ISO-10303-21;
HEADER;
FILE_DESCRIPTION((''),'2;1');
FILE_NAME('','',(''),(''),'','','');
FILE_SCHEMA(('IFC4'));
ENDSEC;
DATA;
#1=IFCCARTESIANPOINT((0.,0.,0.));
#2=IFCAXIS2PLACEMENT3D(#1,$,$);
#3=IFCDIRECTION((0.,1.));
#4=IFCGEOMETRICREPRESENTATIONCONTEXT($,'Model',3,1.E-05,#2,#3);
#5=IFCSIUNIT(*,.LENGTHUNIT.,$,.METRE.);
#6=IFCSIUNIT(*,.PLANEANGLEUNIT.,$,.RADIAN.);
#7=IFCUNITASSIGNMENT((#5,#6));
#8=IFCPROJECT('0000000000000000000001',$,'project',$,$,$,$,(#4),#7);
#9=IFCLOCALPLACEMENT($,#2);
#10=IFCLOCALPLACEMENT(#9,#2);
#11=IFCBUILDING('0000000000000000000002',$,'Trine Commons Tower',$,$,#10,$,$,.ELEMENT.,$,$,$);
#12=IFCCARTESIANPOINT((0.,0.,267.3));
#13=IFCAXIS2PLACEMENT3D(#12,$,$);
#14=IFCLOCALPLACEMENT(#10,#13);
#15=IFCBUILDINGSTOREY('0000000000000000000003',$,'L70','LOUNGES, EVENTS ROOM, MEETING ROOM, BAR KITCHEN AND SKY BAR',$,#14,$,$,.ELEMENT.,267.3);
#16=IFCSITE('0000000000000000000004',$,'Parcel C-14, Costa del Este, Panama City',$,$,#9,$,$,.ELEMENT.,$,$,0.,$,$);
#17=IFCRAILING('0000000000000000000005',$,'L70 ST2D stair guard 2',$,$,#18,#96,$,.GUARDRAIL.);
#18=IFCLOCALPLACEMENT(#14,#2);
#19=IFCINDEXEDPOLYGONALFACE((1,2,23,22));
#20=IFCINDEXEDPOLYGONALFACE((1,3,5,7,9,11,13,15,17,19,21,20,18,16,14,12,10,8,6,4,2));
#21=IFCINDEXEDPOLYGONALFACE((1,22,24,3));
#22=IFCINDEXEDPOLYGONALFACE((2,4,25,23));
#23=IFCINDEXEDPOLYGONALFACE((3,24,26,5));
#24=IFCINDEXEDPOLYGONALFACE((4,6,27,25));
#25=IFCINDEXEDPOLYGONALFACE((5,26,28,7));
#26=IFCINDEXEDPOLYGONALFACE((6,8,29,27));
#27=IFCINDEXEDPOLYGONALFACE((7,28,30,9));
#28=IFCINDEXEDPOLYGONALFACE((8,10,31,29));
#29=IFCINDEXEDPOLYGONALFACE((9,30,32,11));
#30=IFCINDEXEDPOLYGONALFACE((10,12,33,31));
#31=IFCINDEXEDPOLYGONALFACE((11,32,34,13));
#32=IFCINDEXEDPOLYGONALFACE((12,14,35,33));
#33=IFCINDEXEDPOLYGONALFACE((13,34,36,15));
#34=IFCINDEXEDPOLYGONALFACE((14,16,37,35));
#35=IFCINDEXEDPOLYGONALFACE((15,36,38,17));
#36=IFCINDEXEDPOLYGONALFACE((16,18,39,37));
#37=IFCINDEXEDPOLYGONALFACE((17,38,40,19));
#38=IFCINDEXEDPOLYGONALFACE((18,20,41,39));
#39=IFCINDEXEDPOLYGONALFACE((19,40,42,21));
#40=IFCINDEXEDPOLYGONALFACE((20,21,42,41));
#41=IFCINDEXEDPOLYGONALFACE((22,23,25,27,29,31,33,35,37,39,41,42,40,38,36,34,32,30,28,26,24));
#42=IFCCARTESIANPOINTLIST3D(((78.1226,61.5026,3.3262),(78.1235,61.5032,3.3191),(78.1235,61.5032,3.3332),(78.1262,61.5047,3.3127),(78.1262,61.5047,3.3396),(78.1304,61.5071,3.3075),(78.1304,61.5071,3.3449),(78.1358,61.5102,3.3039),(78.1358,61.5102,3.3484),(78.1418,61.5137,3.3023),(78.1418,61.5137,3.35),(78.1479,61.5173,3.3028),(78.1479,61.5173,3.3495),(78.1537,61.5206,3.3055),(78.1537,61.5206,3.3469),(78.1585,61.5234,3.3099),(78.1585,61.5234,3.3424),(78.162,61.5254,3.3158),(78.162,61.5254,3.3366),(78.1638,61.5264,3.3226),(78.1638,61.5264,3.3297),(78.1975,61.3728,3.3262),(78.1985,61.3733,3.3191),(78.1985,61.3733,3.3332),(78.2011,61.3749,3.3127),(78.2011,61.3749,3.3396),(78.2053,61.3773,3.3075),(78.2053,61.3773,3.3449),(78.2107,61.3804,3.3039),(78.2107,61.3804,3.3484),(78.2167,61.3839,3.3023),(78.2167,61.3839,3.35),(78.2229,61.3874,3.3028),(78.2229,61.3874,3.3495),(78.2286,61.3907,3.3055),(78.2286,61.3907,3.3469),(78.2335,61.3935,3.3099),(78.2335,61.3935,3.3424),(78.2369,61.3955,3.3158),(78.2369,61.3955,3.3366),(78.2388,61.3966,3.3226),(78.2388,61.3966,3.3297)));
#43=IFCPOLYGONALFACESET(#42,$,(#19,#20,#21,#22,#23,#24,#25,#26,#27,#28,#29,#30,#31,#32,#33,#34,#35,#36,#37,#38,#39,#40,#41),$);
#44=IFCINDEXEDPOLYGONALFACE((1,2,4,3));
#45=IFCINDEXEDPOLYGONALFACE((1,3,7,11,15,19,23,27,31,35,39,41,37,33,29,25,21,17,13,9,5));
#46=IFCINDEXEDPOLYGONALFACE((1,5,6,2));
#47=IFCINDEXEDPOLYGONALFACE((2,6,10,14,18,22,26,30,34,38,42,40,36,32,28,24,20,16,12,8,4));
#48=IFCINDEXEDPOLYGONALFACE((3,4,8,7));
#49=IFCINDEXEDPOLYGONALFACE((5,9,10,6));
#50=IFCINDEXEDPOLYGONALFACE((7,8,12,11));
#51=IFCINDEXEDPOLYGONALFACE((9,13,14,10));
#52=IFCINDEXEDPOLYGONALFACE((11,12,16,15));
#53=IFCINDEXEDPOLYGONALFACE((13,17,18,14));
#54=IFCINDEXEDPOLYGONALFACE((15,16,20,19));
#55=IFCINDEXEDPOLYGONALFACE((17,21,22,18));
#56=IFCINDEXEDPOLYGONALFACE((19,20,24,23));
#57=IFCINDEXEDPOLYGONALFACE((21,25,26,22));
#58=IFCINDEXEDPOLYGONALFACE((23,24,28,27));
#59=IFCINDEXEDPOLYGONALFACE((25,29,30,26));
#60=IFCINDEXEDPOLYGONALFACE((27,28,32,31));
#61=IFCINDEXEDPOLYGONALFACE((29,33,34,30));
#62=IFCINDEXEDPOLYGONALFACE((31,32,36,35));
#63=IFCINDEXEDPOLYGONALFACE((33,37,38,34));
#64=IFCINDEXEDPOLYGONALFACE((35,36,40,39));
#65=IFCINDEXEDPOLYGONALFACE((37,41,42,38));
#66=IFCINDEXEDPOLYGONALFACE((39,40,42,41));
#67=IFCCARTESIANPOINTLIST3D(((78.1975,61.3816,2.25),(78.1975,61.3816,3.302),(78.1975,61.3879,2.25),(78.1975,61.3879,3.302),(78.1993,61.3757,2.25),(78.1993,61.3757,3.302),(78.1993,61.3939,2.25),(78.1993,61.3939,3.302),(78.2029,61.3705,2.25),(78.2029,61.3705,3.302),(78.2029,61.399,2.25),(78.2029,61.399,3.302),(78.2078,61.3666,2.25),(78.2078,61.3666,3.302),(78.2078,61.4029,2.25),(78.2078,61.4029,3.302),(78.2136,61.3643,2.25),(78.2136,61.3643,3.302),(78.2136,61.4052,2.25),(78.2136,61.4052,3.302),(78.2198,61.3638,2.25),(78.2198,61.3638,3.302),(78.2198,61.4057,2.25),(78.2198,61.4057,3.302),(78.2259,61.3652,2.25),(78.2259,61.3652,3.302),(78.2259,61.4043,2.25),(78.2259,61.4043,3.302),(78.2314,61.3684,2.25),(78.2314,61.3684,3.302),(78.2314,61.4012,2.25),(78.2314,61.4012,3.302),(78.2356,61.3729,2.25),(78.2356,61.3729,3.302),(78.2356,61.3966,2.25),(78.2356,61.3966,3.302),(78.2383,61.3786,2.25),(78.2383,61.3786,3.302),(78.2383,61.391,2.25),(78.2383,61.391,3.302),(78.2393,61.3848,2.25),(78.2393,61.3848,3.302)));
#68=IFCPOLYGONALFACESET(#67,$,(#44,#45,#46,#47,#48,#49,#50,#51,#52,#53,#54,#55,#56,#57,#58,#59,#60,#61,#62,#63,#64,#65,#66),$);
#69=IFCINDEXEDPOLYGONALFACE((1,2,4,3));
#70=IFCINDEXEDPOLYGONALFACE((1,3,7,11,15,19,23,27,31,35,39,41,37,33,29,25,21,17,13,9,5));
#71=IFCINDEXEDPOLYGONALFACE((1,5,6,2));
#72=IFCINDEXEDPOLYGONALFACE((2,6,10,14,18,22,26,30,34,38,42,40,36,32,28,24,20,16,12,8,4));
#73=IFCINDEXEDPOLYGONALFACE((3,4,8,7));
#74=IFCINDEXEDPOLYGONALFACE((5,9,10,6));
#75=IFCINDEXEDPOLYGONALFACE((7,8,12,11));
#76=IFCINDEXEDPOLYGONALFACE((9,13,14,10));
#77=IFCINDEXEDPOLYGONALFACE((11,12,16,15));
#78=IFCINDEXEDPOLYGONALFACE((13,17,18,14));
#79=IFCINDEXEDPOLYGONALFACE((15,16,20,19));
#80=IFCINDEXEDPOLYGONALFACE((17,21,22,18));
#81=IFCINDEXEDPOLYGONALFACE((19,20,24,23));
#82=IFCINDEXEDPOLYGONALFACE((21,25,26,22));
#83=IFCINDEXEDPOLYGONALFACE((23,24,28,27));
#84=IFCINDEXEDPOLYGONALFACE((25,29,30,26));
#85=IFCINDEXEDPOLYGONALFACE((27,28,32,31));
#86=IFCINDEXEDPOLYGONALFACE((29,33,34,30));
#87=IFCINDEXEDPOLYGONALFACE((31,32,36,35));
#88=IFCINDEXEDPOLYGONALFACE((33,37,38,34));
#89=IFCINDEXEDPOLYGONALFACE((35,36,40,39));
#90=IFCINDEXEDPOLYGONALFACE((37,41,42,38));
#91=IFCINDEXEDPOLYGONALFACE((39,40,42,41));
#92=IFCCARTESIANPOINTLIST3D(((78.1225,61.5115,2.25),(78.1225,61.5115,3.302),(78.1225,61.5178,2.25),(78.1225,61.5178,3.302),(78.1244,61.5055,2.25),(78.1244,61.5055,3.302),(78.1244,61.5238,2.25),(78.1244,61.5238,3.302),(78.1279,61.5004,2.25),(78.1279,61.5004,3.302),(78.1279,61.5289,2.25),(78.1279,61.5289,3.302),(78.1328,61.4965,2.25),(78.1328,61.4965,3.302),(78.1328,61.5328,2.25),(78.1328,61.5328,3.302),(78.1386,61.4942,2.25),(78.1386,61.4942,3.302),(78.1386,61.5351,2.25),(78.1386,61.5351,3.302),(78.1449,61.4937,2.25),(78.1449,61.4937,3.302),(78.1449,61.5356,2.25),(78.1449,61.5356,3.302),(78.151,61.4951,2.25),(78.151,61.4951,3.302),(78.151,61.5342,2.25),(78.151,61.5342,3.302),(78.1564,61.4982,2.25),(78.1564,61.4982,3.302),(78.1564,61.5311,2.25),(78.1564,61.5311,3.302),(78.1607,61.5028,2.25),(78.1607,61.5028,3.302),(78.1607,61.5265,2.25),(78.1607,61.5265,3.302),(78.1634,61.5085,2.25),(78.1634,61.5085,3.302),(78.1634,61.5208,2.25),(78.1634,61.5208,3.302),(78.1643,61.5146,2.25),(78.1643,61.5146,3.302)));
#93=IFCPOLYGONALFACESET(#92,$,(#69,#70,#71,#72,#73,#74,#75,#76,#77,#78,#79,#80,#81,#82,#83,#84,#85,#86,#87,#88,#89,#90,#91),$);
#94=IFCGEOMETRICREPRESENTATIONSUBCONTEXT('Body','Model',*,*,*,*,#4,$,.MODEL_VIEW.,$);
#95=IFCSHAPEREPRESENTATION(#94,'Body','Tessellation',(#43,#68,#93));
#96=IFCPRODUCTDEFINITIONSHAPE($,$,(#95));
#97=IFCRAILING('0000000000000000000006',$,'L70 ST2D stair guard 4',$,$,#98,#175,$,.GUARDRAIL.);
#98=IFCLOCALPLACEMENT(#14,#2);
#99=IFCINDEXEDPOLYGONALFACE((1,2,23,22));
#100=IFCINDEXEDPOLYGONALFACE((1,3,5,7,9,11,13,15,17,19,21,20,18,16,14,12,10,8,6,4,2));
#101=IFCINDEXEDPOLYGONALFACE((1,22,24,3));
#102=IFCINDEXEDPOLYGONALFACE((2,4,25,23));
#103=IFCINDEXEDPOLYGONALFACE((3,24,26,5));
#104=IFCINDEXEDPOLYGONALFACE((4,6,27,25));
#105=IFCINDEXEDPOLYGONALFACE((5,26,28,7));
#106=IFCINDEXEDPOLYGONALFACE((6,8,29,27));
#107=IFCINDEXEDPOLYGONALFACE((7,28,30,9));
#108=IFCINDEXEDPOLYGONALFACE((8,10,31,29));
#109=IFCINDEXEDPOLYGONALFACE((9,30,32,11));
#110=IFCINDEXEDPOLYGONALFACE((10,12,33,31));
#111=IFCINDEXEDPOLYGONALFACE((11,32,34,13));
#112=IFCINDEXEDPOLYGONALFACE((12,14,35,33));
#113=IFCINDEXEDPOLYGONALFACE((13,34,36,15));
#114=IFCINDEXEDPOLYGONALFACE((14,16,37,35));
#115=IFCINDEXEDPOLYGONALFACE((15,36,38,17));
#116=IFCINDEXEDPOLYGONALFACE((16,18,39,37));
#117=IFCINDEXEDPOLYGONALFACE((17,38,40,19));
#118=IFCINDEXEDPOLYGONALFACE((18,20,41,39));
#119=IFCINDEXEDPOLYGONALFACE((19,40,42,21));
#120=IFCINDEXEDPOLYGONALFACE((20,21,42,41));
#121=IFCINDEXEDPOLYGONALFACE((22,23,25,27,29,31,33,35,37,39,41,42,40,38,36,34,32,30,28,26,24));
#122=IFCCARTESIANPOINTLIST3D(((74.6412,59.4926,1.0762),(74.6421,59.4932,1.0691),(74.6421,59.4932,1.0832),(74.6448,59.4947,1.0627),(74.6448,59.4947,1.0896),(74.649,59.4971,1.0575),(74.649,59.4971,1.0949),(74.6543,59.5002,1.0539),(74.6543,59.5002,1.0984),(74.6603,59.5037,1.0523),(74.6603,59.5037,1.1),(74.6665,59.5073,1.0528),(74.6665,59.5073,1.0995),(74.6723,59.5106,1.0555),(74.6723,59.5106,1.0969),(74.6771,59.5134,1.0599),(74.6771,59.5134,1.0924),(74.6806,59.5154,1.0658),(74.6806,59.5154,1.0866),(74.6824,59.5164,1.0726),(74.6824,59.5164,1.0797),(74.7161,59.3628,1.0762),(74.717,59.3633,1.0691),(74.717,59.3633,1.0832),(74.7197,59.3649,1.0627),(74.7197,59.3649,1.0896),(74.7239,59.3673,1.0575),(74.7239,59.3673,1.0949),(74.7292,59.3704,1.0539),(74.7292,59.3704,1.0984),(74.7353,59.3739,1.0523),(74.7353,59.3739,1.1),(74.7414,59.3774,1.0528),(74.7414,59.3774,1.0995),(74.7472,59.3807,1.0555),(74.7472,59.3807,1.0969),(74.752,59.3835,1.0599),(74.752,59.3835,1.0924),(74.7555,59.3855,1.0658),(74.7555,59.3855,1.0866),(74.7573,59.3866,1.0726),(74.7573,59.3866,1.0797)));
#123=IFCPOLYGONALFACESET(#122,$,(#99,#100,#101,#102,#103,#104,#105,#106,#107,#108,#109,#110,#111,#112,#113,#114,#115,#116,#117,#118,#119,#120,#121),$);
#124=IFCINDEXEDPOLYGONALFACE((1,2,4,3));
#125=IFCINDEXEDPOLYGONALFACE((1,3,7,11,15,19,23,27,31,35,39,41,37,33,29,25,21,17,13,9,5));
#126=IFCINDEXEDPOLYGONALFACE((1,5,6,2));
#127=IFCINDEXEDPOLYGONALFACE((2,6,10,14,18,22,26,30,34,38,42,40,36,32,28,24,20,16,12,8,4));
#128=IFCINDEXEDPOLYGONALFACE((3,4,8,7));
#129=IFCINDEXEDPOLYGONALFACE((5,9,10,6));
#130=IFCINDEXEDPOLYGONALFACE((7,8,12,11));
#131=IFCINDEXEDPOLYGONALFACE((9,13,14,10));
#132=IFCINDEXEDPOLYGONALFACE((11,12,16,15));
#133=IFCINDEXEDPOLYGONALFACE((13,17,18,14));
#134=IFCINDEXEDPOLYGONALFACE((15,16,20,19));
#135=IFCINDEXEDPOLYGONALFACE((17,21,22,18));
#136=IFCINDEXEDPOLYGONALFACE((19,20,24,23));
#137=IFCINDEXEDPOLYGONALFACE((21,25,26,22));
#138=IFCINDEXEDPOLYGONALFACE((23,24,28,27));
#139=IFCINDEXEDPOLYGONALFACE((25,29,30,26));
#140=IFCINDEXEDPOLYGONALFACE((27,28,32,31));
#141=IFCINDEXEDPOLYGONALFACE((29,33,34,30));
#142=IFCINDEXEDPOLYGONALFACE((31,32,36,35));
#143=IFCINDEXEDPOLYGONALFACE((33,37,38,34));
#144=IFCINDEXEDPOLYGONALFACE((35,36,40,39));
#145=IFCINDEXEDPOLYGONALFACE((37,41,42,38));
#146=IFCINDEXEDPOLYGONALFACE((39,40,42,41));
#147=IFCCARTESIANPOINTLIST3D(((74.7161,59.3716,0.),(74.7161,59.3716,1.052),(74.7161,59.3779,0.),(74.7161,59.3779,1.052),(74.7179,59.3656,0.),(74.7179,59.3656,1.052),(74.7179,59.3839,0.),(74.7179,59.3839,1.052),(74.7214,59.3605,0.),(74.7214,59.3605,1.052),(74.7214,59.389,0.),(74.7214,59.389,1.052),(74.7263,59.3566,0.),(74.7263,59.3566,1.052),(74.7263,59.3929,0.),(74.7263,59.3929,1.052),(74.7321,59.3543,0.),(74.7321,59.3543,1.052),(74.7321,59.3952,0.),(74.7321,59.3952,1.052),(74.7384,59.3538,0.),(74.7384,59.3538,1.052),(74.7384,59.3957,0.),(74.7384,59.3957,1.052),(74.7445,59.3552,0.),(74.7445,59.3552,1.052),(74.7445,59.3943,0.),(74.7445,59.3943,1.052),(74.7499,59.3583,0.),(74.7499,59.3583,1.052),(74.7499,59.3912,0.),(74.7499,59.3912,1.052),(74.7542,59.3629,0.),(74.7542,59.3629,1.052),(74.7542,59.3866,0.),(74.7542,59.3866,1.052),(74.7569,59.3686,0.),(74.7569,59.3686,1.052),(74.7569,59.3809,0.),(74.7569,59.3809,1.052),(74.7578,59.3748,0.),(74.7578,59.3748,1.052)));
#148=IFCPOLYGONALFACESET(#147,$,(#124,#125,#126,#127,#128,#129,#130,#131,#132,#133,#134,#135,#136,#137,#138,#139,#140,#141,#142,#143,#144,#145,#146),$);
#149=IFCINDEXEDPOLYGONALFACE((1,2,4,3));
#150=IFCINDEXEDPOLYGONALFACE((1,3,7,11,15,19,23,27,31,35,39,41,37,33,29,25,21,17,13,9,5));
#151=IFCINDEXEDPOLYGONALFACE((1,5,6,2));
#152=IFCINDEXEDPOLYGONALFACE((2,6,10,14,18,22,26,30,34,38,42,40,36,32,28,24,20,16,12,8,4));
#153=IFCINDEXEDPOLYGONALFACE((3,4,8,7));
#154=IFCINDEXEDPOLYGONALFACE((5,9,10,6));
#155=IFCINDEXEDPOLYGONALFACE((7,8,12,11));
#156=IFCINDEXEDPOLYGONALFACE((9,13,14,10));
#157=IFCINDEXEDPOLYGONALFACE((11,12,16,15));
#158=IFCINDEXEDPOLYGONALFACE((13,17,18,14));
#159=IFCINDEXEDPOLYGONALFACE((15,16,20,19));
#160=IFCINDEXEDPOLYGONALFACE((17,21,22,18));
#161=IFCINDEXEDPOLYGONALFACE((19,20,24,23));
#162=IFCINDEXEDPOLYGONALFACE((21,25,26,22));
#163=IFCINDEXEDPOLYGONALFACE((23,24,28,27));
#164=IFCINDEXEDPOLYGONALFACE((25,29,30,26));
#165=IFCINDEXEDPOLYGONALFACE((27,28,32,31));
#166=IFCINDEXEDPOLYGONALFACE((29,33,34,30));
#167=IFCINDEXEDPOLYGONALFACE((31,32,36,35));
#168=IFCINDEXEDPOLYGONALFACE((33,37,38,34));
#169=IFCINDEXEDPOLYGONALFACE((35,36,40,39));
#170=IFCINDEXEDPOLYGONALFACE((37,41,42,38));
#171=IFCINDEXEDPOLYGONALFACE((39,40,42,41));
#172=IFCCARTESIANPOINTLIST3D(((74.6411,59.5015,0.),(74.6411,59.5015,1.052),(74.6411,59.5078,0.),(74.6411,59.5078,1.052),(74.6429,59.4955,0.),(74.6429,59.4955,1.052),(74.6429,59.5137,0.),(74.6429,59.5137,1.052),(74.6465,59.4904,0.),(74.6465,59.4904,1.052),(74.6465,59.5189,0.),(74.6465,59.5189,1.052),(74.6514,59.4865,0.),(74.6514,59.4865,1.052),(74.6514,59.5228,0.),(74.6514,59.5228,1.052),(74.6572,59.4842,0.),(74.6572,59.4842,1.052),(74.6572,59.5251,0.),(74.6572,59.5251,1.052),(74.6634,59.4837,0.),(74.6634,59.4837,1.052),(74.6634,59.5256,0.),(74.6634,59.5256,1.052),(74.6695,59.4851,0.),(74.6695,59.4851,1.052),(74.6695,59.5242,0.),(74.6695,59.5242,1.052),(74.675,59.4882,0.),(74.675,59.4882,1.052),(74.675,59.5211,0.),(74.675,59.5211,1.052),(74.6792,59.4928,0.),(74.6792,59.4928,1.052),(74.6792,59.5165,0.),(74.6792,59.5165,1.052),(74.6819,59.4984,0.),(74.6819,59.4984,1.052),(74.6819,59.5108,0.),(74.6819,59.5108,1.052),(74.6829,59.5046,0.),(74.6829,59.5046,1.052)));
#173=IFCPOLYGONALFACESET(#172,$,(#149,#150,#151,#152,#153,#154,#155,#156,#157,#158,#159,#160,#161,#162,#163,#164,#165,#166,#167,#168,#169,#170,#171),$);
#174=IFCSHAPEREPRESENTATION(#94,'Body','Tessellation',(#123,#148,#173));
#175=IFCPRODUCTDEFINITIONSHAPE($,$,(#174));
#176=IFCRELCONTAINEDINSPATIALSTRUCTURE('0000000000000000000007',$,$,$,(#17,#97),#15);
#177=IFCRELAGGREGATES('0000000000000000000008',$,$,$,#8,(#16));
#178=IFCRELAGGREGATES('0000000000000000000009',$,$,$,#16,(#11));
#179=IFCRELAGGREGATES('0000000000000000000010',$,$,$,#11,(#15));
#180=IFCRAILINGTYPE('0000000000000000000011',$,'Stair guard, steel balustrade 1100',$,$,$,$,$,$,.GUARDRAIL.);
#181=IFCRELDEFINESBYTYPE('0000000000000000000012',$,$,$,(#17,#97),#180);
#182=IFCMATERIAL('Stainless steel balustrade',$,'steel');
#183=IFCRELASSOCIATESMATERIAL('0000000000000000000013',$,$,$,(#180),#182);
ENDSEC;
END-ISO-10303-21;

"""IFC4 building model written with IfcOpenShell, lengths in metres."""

from ifc_helpers import new_model, si_unit, direction, frame, origin, origin_2d, place, context, subcontext, project, spatial, circle, extrude, material, type_object, element, save


model = new_model("IFC4")

# Units and contexts
model_context = context("Model", 3, precision=1e-05, world=origin(), true_north=direction((0.0, 1.0)))
body_context = subcontext(model_context, "Body", "Model", "MODEL_VIEW")
ifc_project = project(units=[si_unit("LENGTHUNIT", "METRE"), si_unit("PLANEANGLEUNIT", "RADIAN")], contexts=[model_context])

# Site, building, storey
site_placement = place(None, origin())
site = spatial("IfcSite", under=ifc_project, at=site_placement, Name="Parcel C-14, Costa del Este, Panama City", CompositionType="ELEMENT", RefElevation=0.0)
building_placement = place(site_placement, origin())
building = spatial("IfcBuilding", under=site, at=building_placement, Name="Trine Commons Tower", CompositionType="ELEMENT")
storey_placement = place(building_placement, frame((0.0, 0.0, 267.3)))
storey = spatial("IfcBuildingStorey", under=building, at=storey_placement, Name="L70", Description="LOUNGES, EVENTS ROOM, MEETING ROOM, BAR KITCHEN AND SKY BAR", CompositionType="ELEMENT", Elevation=267.3)

# Railings
ifc_material_1 = material(Name="Stainless steel balustrade", Category="steel")
railing_type_1 = type_object("IfcRailingType", Name="Stair guard, steel balustrade 1100", PredefinedType="GUARDRAIL", material=ifc_material_1)
railing_1_placement = place(storey_placement, frame((78.2183, 61.3848, 2.25)))
element("IfcRailing", 1, at=railing_1_placement, inside=storey, type_object=railing_type_1, Name="L70 ST2D stair guard 2", PredefinedType="GUARDRAIL", context=body_context, shape_type="SweptSolid", body=[
    extrude(circle(Radius=0.0239, at=origin_2d()), frame((0.0, 0.0, 1.0762), z_axis=(-0.499816, 0.866131, 0.0), x_axis=(-0.866131, -0.499816, 0.0)), (0.0, 0.0, 1.0), 0.1499),
    extrude(circle(Radius=0.021, at=origin_2d()), origin(), (0.0, 0.0, 1.0), 1.052),
    extrude(circle(Radius=0.021, at=origin_2d()), frame((-0.075, 0.1299, 0.0)), (0.0, 0.0, 1.0), 1.052),
])
railing_2_placement = place(storey_placement, frame((74.7368, 59.3748, 0.0)))
element("IfcRailing", 2, at=railing_2_placement, inside=storey, type_object=railing_type_1, Name="L70 ST2D stair guard 4", PredefinedType="GUARDRAIL", context=body_context, shape_type="SweptSolid", body=[
    extrude(circle(Radius=0.0239, at=origin_2d()), frame((0.0, 0.0, 1.0762), z_axis=(-0.499816, 0.866131, 0.0), x_axis=(-0.866131, -0.499816, 0.0)), (0.0, 0.0, 1.0), 0.1499),
    extrude(circle(Radius=0.021, at=origin_2d()), origin(), (0.0, 0.0, 1.0), 1.052),
    extrude(circle(Radius=0.021, at=origin_2d()), frame((-0.075, 0.1299, 0.0)), (0.0, 0.0, 1.0), 1.052),
])

save(model, "model.ifc")
